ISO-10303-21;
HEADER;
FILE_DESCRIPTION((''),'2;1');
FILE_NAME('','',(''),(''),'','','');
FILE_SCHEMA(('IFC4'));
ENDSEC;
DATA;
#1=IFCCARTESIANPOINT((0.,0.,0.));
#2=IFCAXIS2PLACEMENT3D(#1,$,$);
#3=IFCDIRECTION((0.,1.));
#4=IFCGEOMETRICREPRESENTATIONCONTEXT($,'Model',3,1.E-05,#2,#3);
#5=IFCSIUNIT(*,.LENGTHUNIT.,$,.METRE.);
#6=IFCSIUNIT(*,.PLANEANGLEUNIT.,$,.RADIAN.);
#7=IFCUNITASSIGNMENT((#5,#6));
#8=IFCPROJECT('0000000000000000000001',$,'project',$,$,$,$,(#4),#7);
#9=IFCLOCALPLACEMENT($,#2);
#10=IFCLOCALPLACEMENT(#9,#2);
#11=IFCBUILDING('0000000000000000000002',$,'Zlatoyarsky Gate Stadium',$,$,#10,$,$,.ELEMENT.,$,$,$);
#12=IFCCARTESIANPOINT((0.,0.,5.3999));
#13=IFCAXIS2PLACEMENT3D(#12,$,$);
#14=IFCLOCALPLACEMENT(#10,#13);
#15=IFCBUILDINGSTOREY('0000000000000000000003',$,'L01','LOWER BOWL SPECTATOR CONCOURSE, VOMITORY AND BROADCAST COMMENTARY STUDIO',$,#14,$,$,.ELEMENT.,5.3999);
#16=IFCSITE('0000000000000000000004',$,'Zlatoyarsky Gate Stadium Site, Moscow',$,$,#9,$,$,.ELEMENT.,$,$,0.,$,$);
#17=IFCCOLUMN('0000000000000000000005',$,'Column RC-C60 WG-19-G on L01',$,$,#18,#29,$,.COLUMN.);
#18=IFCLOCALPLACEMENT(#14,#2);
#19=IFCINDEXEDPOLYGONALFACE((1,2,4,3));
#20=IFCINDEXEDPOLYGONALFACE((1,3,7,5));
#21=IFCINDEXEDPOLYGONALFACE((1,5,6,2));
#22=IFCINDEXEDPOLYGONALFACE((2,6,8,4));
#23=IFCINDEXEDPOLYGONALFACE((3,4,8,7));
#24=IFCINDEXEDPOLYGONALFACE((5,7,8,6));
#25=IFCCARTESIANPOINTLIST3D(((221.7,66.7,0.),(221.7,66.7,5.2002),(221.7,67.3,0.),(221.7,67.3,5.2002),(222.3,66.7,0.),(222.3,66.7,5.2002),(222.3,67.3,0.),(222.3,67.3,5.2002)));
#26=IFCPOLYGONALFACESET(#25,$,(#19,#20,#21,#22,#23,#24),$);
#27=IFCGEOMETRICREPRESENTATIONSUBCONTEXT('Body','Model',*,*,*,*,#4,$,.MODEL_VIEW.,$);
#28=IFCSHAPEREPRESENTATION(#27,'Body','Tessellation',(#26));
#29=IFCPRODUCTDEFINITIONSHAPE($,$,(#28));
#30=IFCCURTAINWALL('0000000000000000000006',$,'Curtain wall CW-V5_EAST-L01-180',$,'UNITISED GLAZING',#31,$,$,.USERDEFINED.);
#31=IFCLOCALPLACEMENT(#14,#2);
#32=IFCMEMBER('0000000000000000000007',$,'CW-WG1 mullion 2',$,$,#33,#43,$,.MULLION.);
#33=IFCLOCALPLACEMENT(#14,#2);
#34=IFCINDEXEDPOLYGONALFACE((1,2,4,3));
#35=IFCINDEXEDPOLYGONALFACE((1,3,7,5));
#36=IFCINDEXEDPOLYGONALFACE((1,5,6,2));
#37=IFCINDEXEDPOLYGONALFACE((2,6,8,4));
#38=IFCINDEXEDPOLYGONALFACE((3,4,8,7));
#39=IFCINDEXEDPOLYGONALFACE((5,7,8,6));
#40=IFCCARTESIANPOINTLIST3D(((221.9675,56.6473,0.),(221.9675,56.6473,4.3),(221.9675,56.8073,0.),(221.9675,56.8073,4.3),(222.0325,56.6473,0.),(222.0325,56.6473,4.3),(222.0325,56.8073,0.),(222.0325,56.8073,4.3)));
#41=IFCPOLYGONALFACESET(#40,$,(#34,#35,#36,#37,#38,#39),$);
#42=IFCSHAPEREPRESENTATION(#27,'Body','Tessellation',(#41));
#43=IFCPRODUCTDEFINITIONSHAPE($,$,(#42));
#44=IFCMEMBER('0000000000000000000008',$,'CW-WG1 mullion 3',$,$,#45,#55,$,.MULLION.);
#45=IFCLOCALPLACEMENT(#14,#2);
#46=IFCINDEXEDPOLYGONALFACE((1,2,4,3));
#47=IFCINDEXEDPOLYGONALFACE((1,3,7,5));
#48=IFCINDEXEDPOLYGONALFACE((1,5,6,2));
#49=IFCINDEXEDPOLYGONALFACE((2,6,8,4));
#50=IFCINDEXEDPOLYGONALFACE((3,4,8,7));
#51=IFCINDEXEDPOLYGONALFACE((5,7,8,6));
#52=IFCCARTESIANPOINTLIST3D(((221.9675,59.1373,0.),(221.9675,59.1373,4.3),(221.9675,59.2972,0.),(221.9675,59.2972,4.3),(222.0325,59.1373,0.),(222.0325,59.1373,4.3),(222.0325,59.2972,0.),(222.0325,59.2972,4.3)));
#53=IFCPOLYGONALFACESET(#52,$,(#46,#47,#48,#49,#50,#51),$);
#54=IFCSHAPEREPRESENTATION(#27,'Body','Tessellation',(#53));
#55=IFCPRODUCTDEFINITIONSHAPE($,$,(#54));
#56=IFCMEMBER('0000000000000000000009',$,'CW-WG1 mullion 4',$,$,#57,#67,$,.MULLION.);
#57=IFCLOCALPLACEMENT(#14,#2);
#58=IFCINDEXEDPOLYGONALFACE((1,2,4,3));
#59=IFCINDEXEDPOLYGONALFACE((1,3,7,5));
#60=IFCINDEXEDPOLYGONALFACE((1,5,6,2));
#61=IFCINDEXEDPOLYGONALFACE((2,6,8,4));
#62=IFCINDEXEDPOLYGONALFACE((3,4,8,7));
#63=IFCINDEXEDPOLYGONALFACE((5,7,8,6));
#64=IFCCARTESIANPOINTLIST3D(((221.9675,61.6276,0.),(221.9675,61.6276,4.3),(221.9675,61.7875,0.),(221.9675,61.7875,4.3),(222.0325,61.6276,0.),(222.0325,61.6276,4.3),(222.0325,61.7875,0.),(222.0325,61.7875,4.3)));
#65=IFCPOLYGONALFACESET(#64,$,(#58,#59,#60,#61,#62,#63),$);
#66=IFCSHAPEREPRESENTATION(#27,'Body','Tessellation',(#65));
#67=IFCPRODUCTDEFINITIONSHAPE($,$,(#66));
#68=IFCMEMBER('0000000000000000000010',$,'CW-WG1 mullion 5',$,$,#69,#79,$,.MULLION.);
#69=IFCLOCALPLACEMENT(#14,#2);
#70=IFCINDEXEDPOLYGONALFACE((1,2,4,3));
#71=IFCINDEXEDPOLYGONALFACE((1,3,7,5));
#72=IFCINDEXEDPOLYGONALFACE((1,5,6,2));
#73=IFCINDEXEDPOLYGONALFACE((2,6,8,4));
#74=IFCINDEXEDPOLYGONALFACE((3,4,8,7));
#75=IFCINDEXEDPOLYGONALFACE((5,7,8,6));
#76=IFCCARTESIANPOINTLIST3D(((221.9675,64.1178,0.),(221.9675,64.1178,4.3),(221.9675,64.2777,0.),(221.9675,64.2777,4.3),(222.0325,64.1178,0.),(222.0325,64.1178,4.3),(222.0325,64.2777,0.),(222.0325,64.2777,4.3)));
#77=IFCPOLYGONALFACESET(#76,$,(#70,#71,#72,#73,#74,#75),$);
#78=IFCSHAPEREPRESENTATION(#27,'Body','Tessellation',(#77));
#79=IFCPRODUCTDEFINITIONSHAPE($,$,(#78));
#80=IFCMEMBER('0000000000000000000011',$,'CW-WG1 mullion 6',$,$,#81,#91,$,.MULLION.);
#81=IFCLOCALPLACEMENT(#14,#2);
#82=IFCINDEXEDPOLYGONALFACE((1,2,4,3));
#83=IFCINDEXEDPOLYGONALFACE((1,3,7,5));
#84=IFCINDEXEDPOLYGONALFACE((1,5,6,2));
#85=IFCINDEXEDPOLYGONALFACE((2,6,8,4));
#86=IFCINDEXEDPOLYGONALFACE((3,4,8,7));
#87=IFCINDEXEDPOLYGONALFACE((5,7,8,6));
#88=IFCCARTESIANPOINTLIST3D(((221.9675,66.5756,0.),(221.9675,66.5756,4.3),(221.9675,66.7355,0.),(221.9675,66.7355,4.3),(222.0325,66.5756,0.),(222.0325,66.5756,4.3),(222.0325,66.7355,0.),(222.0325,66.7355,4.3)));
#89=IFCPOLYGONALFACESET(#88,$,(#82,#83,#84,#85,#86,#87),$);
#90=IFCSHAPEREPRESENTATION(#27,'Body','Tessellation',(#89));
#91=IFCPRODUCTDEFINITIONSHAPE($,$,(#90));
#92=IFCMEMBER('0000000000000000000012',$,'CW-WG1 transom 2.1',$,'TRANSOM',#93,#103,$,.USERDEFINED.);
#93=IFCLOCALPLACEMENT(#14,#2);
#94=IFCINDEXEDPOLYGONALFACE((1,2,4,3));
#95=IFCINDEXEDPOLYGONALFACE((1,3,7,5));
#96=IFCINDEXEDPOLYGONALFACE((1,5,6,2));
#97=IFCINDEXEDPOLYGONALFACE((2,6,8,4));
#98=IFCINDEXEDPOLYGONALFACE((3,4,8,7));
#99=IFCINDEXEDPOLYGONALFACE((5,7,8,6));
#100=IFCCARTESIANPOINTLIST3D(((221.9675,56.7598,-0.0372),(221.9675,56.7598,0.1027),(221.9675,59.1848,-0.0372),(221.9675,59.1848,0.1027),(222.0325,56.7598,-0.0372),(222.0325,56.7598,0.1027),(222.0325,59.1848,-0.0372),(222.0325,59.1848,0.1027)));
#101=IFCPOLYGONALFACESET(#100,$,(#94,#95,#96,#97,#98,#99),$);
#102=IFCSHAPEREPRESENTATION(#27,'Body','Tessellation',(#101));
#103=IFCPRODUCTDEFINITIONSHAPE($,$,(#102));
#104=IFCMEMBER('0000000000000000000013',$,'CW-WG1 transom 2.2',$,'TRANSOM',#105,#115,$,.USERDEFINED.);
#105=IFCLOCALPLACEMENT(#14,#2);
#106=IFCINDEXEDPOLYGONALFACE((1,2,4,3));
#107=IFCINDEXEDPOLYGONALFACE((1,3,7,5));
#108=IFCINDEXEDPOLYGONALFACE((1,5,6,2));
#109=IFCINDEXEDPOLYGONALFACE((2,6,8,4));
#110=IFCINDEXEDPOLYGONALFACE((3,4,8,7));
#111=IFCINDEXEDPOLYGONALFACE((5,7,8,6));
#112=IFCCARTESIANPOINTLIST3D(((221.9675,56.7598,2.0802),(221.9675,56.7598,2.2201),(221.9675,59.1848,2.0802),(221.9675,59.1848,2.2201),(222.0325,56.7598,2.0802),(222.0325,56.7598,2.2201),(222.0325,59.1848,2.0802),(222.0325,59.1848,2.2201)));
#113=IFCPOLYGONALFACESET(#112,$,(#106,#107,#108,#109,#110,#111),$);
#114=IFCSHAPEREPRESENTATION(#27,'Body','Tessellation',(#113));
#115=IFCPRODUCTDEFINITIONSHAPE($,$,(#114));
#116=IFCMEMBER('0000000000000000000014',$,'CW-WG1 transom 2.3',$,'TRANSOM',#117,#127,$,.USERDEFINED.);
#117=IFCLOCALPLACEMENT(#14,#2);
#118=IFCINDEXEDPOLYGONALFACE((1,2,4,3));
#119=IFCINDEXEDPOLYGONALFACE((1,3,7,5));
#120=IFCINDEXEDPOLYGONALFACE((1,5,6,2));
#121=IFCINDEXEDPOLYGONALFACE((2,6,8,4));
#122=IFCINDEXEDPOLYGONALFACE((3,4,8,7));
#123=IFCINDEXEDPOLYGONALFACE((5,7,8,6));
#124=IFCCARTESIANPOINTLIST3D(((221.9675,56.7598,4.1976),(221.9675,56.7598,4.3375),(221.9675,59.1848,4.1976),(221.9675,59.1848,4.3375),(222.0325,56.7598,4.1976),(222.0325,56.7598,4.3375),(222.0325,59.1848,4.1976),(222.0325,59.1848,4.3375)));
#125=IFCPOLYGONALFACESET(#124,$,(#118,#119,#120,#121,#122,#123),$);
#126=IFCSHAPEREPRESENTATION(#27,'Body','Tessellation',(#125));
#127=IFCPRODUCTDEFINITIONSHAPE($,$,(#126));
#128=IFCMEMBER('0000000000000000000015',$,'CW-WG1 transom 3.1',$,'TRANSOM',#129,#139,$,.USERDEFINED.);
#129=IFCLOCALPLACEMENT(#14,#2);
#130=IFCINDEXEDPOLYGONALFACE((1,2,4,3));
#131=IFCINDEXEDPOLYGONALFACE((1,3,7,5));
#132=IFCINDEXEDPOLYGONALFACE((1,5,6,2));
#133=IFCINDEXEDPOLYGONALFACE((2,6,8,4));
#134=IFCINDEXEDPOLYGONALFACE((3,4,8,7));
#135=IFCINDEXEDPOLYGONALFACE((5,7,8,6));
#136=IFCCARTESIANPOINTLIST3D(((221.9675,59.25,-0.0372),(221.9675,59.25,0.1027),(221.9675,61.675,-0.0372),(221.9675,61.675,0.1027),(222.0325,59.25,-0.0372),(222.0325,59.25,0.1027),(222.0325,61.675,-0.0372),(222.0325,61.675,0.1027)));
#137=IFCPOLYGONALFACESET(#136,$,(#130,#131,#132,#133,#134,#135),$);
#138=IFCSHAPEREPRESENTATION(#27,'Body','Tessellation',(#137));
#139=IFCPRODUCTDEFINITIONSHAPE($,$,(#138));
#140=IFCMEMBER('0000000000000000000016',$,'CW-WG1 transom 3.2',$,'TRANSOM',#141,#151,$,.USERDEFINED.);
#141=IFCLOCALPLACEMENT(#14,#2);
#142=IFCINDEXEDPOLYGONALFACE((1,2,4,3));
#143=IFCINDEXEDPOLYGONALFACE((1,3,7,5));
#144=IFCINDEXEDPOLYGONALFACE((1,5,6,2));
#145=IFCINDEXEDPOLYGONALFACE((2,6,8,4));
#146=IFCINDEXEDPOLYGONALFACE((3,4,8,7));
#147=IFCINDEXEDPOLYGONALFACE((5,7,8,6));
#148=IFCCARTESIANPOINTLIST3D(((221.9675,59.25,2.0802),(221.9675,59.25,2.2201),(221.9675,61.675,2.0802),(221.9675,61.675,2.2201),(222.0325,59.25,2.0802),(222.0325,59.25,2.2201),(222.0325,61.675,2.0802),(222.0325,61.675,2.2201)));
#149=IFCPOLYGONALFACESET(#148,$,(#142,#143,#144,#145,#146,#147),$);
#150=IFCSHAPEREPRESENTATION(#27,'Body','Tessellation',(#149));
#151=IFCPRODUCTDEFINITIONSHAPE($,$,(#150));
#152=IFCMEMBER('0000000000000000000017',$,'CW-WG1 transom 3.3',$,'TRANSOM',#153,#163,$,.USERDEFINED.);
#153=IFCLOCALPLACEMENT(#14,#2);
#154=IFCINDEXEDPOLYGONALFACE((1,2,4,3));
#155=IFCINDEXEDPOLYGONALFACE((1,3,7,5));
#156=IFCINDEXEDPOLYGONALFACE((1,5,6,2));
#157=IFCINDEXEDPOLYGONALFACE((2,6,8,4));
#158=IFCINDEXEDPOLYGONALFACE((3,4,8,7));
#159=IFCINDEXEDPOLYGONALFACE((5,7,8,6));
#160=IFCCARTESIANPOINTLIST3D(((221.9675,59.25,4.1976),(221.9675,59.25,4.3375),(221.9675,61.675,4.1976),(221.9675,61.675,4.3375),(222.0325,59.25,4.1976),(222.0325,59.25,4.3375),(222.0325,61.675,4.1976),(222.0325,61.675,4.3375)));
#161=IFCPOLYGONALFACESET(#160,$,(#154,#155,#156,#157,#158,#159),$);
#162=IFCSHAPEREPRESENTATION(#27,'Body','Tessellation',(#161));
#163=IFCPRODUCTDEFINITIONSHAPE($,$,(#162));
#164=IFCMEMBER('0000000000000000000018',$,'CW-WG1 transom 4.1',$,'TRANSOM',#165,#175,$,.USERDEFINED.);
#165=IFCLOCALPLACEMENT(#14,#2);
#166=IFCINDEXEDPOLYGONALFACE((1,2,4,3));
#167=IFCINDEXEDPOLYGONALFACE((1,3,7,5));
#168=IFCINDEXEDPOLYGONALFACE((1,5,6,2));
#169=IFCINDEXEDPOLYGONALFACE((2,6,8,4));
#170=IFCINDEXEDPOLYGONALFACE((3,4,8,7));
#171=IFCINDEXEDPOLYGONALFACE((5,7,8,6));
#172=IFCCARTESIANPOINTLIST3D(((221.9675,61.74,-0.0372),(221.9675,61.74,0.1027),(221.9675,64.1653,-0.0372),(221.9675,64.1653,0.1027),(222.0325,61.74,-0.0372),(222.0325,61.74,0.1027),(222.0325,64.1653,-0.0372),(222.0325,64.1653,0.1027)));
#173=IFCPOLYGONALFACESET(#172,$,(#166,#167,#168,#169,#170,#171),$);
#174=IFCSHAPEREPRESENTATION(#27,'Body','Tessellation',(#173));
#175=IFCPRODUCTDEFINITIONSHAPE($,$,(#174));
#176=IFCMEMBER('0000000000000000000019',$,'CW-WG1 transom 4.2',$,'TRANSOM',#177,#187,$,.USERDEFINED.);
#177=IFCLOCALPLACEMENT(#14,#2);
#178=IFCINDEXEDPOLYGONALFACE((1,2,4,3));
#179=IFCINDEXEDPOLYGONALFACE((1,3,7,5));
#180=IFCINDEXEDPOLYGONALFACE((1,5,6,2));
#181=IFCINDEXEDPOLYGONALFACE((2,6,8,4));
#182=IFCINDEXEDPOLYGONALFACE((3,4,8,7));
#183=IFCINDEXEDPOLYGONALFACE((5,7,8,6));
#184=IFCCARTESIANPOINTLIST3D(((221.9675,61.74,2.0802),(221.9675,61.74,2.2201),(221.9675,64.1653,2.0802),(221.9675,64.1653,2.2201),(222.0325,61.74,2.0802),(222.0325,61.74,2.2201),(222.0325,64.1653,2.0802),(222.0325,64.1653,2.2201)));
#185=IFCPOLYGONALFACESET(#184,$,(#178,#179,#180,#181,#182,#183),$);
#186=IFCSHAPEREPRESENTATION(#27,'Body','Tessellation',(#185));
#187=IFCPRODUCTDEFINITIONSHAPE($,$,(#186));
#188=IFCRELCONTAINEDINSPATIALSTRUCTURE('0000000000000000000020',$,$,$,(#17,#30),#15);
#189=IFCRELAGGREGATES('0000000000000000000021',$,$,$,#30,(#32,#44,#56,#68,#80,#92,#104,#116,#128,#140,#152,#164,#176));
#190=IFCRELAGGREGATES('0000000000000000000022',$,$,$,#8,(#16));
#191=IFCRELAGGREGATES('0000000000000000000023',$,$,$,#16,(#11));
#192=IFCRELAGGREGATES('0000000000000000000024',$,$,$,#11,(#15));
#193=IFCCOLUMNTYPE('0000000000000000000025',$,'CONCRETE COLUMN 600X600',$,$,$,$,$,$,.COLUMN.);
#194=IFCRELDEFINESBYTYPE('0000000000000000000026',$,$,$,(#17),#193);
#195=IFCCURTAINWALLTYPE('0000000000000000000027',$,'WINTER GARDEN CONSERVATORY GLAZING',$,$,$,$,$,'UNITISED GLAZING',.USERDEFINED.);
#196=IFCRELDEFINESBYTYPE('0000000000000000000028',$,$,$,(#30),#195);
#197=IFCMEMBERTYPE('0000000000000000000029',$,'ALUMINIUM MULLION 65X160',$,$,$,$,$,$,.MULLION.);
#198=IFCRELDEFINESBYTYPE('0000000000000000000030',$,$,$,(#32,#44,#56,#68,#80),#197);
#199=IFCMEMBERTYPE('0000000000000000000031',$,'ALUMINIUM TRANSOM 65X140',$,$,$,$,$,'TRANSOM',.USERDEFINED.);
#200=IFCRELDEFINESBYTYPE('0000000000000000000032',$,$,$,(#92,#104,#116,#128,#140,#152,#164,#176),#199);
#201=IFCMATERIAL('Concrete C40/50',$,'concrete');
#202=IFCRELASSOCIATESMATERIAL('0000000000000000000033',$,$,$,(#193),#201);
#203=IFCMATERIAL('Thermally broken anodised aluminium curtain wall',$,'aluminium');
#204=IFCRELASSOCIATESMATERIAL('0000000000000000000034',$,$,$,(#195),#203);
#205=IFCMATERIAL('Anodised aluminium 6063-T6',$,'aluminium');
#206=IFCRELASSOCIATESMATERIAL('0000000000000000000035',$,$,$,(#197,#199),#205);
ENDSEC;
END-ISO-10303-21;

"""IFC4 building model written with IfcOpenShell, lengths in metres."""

from ifc_helpers import new_model, si_unit, direction, frame, origin, origin_2d, place, context, subcontext, project, spatial, rectangle, extrude, material, material_profile, profile_set, type_object, element, aggregate, save


model = new_model("IFC4")

# Units and contexts
model_context = context("Model", 3, precision=1e-05, world=origin(), true_north=direction((0.0, 1.0)))
body_context = subcontext(model_context, "Body", "Model", "MODEL_VIEW")
ifc_project = project(units=[si_unit("LENGTHUNIT", "METRE"), si_unit("PLANEANGLEUNIT", "RADIAN")], contexts=[model_context])

# Site, building, storey
site_placement = place(None, origin())
site = spatial("IfcSite", under=ifc_project, at=site_placement, Name="Zlatoyarsky Gate Stadium Site, Moscow", CompositionType="ELEMENT", RefElevation=0.0)
building_placement = place(site_placement, origin())
building = spatial("IfcBuilding", under=site, at=building_placement, Name="Zlatoyarsky Gate Stadium", CompositionType="ELEMENT")
storey_placement = place(building_placement, frame((0.0, 0.0, 5.3999)))
storey = spatial("IfcBuildingStorey", under=building, at=storey_placement, Name="L01", Description="LOWER BOWL SPECTATOR CONCOURSE, VOMITORY AND BROADCAST COMMENTARY STUDIO", CompositionType="ELEMENT", Elevation=5.3999)

# Column
ifc_material_1 = material(Name="Concrete C40/50", Category="concrete")
ifc_material_profile_1 = material_profile(ifc_material_1, rectangle(XDim=0.6001, YDim=0.6001, at=origin_2d()), Name="RC COL 600X600")
ifc_profile_set_1 = profile_set([ifc_material_profile_1], Name="Concrete C40/50")
column_type = type_object("IfcColumnType", Name="CONCRETE COLUMN 600X600", PredefinedType="COLUMN", material=ifc_profile_set_1)
column_placement = place(storey_placement, frame((222.0, 67.0, 0.0), z_axis=(0.0, 0.0, 1.0), x_axis=(1.0, 0.0, 0.0)))
element("IfcColumn", 1, at=column_placement, inside=storey, type_object=column_type, Name="Column RC-C60 WG-19-G on L01", PredefinedType="COLUMN", context=body_context, shape_type="SweptSolid", body=[
    extrude(rectangle(XDim=0.6001, YDim=0.6001, at=origin_2d()), origin(), (0.0, 0.0, 1.0), 5.2002),
])

# Curtain wall, members
ifc_material_2 = material(Name="Thermally broken anodised aluminium curtain wall", Category="aluminium")
curtain_wall_type = type_object("IfcCurtainWallType", Name="WINTER GARDEN CONSERVATORY GLAZING", ElementType="UNITISED GLAZING", PredefinedType="USERDEFINED", material=ifc_material_2)
curtain_wall_placement = place(storey_placement, origin())
curtain_wall = element("IfcCurtainWall", 2, at=curtain_wall_placement, inside=storey, type_object=curtain_wall_type, Name="Curtain wall CW-V5_EAST-L01-180", ObjectType="UNITISED GLAZING", PredefinedType="USERDEFINED")
ifc_material_3 = material(Name="Anodised aluminium 6063-T6", Category="aluminium")
ifc_material_profile_2 = material_profile(ifc_material_3, rectangle(XDim=0.0649, YDim=0.1599, at=origin_2d()), Name="ALU 65X160")
ifc_profile_set_2 = profile_set([ifc_material_profile_2], Name="Anodised aluminium 6063-T6")
member_type_1 = type_object("IfcMemberType", Name="ALUMINIUM MULLION 65X160", PredefinedType="MULLION", material=ifc_profile_set_2)
member_1_placement = place(storey_placement, frame((222.0, 56.7273, 0.0), z_axis=(0.0, 0.0, 1.0), x_axis=(-1.0, 0.0, 0.0)))
member_1 = element("IfcMember", 3, at=member_1_placement, type_object=member_type_1, Name="CW-WG1 mullion 2", PredefinedType="MULLION", context=body_context, shape_type="SweptSolid", body=[
    extrude(rectangle(XDim=0.0649, YDim=0.1599, at=origin_2d()), origin(), (0.0, 0.0, 1.0), 4.3),
])
member_2_placement = place(storey_placement, frame((222.0, 59.2173, 0.0), z_axis=(0.0, 0.0, 1.0), x_axis=(-1.0, 0.0, 0.0)))
member_2 = element("IfcMember", 4, at=member_2_placement, type_object=member_type_1, Name="CW-WG1 mullion 3", PredefinedType="MULLION", context=body_context, shape_type="SweptSolid", body=[
    extrude(rectangle(XDim=0.0649, YDim=0.1599, at=origin_2d()), origin(), (0.0, 0.0, 1.0), 4.3),
])
member_3_placement = place(storey_placement, frame((222.0, 61.7075, 0.0), z_axis=(0.0, 0.0, 1.0), x_axis=(-1.0, 0.0, 0.0)))
member_3 = element("IfcMember", 5, at=member_3_placement, type_object=member_type_1, Name="CW-WG1 mullion 4", PredefinedType="MULLION", context=body_context, shape_type="SweptSolid", body=[
    extrude(rectangle(XDim=0.0649, YDim=0.1599, at=origin_2d()), origin(), (0.0, 0.0, 1.0), 4.3),
])
member_4_placement = place(storey_placement, frame((222.0, 64.1978, 0.0), z_axis=(0.0, 0.0, 1.0), x_axis=(-1.0, 0.0, 0.0)))
member_4 = element("IfcMember", 6, at=member_4_placement, type_object=member_type_1, Name="CW-WG1 mullion 5", PredefinedType="MULLION", context=body_context, shape_type="SweptSolid", body=[
    extrude(rectangle(XDim=0.0649, YDim=0.1599, at=origin_2d()), origin(), (0.0, 0.0, 1.0), 4.3),
])
member_5_placement = place(storey_placement, frame((222.0, 66.6555, 0.0), z_axis=(0.0, 0.0, 1.0), x_axis=(-1.0, 0.0, 0.0)))
member_5 = element("IfcMember", 7, at=member_5_placement, type_object=member_type_1, Name="CW-WG1 mullion 6", PredefinedType="MULLION", context=body_context, shape_type="SweptSolid", body=[
    extrude(rectangle(XDim=0.0649, YDim=0.1599, at=origin_2d()), origin(), (0.0, 0.0, 1.0), 4.3),
])
ifc_material_profile_3 = material_profile(ifc_material_3, rectangle(XDim=0.0649, YDim=0.1399, at=origin_2d()), Name="ALU 65X140")
ifc_profile_set_3 = profile_set([ifc_material_profile_3], Name="Anodised aluminium 6063-T6")
member_type_2 = type_object("IfcMemberType", Name="ALUMINIUM TRANSOM 65X140", ElementType="TRANSOM", PredefinedType="USERDEFINED", material=ifc_profile_set_3)
member_6_placement = place(storey_placement, frame((222.0, 56.7598, 0.0327), z_axis=(0.0, 1.0, 0.0), x_axis=(-1.0, 0.0, 0.0)))
member_6 = element("IfcMember", 8, at=member_6_placement, type_object=member_type_2, Name="CW-WG1 transom 2.1", ObjectType="TRANSOM", PredefinedType="USERDEFINED", context=body_context, shape_type="SweptSolid", body=[
    extrude(rectangle(XDim=0.0649, YDim=0.1399, at=origin_2d()), origin(), (0.0, 0.0, 1.0), 2.425),
])
member_7_placement = place(storey_placement, frame((222.0, 56.7598, 2.1501), z_axis=(0.0, 1.0, 0.0), x_axis=(-1.0, 0.0, 0.0)))
member_7 = element("IfcMember", 9, at=member_7_placement, type_object=member_type_2, Name="CW-WG1 transom 2.2", ObjectType="TRANSOM", PredefinedType="USERDEFINED", context=body_context, shape_type="SweptSolid", body=[
    extrude(rectangle(XDim=0.0649, YDim=0.1399, at=origin_2d()), origin(), (0.0, 0.0, 1.0), 2.425),
])
member_8_placement = place(storey_placement, frame((222.0, 56.7598, 4.2676), z_axis=(0.0, 1.0, 0.0), x_axis=(-1.0, 0.0, 0.0)))
member_8 = element("IfcMember", 10, at=member_8_placement, type_object=member_type_2, Name="CW-WG1 transom 2.3", ObjectType="TRANSOM", PredefinedType="USERDEFINED", context=body_context, shape_type="SweptSolid", body=[
    extrude(rectangle(XDim=0.0649, YDim=0.1399, at=origin_2d()), origin(), (0.0, 0.0, 1.0), 2.425),
])
member_9_placement = place(storey_placement, frame((222.0, 59.25, 0.0327), z_axis=(0.0, 1.0, 0.0), x_axis=(-1.0, 0.0, 0.0)))
member_9 = element("IfcMember", 11, at=member_9_placement, type_object=member_type_2, Name="CW-WG1 transom 3.1", ObjectType="TRANSOM", PredefinedType="USERDEFINED", context=body_context, shape_type="SweptSolid", body=[
    extrude(rectangle(XDim=0.0649, YDim=0.1399, at=origin_2d()), origin(), (0.0, 0.0, 1.0), 2.425),
])
member_10_placement = place(storey_placement, frame((222.0, 59.25, 2.1501), z_axis=(0.0, 1.0, 0.0), x_axis=(-1.0, 0.0, 0.0)))
member_10 = element("IfcMember", 12, at=member_10_placement, type_object=member_type_2, Name="CW-WG1 transom 3.2", ObjectType="TRANSOM", PredefinedType="USERDEFINED", context=body_context, shape_type="SweptSolid", body=[
    extrude(rectangle(XDim=0.0649, YDim=0.1399, at=origin_2d()), origin(), (0.0, 0.0, 1.0), 2.425),
])
member_11_placement = place(storey_placement, frame((222.0, 59.25, 4.2676), z_axis=(0.0, 1.0, 0.0), x_axis=(-1.0, 0.0, 0.0)))
member_11 = element("IfcMember", 13, at=member_11_placement, type_object=member_type_2, Name="CW-WG1 transom 3.3", ObjectType="TRANSOM", PredefinedType="USERDEFINED", context=body_context, shape_type="SweptSolid", body=[
    extrude(rectangle(XDim=0.0649, YDim=0.1399, at=origin_2d()), origin(), (0.0, 0.0, 1.0), 2.425),
])
member_12_placement = place(storey_placement, frame((222.0, 61.74, 0.0327), z_axis=(0.0, 1.0, 0.0), x_axis=(-1.0, 0.0, 0.0)))
member_12 = element("IfcMember", 14, at=member_12_placement, type_object=member_type_2, Name="CW-WG1 transom 4.1", ObjectType="TRANSOM", PredefinedType="USERDEFINED", context=body_context, shape_type="SweptSolid", body=[
    extrude(rectangle(XDim=0.0649, YDim=0.1399, at=origin_2d()), origin(), (0.0, 0.0, 1.0), 2.4253),
])
member_13_placement = place(storey_placement, frame((222.0, 61.74, 2.1501), z_axis=(0.0, 1.0, 0.0), x_axis=(-1.0, 0.0, 0.0)))
member_13 = element("IfcMember", 15, at=member_13_placement, type_object=member_type_2, Name="CW-WG1 transom 4.2", ObjectType="TRANSOM", PredefinedType="USERDEFINED", context=body_context, shape_type="SweptSolid", body=[
    extrude(rectangle(XDim=0.0649, YDim=0.1399, at=origin_2d()), origin(), (0.0, 0.0, 1.0), 2.4253),
])

aggregate(curtain_wall, [member_1, member_2, member_3, member_4, member_5, member_6, member_7, member_8, member_9, member_10, member_11, member_12, member_13])

save(model, "model.ifc")
